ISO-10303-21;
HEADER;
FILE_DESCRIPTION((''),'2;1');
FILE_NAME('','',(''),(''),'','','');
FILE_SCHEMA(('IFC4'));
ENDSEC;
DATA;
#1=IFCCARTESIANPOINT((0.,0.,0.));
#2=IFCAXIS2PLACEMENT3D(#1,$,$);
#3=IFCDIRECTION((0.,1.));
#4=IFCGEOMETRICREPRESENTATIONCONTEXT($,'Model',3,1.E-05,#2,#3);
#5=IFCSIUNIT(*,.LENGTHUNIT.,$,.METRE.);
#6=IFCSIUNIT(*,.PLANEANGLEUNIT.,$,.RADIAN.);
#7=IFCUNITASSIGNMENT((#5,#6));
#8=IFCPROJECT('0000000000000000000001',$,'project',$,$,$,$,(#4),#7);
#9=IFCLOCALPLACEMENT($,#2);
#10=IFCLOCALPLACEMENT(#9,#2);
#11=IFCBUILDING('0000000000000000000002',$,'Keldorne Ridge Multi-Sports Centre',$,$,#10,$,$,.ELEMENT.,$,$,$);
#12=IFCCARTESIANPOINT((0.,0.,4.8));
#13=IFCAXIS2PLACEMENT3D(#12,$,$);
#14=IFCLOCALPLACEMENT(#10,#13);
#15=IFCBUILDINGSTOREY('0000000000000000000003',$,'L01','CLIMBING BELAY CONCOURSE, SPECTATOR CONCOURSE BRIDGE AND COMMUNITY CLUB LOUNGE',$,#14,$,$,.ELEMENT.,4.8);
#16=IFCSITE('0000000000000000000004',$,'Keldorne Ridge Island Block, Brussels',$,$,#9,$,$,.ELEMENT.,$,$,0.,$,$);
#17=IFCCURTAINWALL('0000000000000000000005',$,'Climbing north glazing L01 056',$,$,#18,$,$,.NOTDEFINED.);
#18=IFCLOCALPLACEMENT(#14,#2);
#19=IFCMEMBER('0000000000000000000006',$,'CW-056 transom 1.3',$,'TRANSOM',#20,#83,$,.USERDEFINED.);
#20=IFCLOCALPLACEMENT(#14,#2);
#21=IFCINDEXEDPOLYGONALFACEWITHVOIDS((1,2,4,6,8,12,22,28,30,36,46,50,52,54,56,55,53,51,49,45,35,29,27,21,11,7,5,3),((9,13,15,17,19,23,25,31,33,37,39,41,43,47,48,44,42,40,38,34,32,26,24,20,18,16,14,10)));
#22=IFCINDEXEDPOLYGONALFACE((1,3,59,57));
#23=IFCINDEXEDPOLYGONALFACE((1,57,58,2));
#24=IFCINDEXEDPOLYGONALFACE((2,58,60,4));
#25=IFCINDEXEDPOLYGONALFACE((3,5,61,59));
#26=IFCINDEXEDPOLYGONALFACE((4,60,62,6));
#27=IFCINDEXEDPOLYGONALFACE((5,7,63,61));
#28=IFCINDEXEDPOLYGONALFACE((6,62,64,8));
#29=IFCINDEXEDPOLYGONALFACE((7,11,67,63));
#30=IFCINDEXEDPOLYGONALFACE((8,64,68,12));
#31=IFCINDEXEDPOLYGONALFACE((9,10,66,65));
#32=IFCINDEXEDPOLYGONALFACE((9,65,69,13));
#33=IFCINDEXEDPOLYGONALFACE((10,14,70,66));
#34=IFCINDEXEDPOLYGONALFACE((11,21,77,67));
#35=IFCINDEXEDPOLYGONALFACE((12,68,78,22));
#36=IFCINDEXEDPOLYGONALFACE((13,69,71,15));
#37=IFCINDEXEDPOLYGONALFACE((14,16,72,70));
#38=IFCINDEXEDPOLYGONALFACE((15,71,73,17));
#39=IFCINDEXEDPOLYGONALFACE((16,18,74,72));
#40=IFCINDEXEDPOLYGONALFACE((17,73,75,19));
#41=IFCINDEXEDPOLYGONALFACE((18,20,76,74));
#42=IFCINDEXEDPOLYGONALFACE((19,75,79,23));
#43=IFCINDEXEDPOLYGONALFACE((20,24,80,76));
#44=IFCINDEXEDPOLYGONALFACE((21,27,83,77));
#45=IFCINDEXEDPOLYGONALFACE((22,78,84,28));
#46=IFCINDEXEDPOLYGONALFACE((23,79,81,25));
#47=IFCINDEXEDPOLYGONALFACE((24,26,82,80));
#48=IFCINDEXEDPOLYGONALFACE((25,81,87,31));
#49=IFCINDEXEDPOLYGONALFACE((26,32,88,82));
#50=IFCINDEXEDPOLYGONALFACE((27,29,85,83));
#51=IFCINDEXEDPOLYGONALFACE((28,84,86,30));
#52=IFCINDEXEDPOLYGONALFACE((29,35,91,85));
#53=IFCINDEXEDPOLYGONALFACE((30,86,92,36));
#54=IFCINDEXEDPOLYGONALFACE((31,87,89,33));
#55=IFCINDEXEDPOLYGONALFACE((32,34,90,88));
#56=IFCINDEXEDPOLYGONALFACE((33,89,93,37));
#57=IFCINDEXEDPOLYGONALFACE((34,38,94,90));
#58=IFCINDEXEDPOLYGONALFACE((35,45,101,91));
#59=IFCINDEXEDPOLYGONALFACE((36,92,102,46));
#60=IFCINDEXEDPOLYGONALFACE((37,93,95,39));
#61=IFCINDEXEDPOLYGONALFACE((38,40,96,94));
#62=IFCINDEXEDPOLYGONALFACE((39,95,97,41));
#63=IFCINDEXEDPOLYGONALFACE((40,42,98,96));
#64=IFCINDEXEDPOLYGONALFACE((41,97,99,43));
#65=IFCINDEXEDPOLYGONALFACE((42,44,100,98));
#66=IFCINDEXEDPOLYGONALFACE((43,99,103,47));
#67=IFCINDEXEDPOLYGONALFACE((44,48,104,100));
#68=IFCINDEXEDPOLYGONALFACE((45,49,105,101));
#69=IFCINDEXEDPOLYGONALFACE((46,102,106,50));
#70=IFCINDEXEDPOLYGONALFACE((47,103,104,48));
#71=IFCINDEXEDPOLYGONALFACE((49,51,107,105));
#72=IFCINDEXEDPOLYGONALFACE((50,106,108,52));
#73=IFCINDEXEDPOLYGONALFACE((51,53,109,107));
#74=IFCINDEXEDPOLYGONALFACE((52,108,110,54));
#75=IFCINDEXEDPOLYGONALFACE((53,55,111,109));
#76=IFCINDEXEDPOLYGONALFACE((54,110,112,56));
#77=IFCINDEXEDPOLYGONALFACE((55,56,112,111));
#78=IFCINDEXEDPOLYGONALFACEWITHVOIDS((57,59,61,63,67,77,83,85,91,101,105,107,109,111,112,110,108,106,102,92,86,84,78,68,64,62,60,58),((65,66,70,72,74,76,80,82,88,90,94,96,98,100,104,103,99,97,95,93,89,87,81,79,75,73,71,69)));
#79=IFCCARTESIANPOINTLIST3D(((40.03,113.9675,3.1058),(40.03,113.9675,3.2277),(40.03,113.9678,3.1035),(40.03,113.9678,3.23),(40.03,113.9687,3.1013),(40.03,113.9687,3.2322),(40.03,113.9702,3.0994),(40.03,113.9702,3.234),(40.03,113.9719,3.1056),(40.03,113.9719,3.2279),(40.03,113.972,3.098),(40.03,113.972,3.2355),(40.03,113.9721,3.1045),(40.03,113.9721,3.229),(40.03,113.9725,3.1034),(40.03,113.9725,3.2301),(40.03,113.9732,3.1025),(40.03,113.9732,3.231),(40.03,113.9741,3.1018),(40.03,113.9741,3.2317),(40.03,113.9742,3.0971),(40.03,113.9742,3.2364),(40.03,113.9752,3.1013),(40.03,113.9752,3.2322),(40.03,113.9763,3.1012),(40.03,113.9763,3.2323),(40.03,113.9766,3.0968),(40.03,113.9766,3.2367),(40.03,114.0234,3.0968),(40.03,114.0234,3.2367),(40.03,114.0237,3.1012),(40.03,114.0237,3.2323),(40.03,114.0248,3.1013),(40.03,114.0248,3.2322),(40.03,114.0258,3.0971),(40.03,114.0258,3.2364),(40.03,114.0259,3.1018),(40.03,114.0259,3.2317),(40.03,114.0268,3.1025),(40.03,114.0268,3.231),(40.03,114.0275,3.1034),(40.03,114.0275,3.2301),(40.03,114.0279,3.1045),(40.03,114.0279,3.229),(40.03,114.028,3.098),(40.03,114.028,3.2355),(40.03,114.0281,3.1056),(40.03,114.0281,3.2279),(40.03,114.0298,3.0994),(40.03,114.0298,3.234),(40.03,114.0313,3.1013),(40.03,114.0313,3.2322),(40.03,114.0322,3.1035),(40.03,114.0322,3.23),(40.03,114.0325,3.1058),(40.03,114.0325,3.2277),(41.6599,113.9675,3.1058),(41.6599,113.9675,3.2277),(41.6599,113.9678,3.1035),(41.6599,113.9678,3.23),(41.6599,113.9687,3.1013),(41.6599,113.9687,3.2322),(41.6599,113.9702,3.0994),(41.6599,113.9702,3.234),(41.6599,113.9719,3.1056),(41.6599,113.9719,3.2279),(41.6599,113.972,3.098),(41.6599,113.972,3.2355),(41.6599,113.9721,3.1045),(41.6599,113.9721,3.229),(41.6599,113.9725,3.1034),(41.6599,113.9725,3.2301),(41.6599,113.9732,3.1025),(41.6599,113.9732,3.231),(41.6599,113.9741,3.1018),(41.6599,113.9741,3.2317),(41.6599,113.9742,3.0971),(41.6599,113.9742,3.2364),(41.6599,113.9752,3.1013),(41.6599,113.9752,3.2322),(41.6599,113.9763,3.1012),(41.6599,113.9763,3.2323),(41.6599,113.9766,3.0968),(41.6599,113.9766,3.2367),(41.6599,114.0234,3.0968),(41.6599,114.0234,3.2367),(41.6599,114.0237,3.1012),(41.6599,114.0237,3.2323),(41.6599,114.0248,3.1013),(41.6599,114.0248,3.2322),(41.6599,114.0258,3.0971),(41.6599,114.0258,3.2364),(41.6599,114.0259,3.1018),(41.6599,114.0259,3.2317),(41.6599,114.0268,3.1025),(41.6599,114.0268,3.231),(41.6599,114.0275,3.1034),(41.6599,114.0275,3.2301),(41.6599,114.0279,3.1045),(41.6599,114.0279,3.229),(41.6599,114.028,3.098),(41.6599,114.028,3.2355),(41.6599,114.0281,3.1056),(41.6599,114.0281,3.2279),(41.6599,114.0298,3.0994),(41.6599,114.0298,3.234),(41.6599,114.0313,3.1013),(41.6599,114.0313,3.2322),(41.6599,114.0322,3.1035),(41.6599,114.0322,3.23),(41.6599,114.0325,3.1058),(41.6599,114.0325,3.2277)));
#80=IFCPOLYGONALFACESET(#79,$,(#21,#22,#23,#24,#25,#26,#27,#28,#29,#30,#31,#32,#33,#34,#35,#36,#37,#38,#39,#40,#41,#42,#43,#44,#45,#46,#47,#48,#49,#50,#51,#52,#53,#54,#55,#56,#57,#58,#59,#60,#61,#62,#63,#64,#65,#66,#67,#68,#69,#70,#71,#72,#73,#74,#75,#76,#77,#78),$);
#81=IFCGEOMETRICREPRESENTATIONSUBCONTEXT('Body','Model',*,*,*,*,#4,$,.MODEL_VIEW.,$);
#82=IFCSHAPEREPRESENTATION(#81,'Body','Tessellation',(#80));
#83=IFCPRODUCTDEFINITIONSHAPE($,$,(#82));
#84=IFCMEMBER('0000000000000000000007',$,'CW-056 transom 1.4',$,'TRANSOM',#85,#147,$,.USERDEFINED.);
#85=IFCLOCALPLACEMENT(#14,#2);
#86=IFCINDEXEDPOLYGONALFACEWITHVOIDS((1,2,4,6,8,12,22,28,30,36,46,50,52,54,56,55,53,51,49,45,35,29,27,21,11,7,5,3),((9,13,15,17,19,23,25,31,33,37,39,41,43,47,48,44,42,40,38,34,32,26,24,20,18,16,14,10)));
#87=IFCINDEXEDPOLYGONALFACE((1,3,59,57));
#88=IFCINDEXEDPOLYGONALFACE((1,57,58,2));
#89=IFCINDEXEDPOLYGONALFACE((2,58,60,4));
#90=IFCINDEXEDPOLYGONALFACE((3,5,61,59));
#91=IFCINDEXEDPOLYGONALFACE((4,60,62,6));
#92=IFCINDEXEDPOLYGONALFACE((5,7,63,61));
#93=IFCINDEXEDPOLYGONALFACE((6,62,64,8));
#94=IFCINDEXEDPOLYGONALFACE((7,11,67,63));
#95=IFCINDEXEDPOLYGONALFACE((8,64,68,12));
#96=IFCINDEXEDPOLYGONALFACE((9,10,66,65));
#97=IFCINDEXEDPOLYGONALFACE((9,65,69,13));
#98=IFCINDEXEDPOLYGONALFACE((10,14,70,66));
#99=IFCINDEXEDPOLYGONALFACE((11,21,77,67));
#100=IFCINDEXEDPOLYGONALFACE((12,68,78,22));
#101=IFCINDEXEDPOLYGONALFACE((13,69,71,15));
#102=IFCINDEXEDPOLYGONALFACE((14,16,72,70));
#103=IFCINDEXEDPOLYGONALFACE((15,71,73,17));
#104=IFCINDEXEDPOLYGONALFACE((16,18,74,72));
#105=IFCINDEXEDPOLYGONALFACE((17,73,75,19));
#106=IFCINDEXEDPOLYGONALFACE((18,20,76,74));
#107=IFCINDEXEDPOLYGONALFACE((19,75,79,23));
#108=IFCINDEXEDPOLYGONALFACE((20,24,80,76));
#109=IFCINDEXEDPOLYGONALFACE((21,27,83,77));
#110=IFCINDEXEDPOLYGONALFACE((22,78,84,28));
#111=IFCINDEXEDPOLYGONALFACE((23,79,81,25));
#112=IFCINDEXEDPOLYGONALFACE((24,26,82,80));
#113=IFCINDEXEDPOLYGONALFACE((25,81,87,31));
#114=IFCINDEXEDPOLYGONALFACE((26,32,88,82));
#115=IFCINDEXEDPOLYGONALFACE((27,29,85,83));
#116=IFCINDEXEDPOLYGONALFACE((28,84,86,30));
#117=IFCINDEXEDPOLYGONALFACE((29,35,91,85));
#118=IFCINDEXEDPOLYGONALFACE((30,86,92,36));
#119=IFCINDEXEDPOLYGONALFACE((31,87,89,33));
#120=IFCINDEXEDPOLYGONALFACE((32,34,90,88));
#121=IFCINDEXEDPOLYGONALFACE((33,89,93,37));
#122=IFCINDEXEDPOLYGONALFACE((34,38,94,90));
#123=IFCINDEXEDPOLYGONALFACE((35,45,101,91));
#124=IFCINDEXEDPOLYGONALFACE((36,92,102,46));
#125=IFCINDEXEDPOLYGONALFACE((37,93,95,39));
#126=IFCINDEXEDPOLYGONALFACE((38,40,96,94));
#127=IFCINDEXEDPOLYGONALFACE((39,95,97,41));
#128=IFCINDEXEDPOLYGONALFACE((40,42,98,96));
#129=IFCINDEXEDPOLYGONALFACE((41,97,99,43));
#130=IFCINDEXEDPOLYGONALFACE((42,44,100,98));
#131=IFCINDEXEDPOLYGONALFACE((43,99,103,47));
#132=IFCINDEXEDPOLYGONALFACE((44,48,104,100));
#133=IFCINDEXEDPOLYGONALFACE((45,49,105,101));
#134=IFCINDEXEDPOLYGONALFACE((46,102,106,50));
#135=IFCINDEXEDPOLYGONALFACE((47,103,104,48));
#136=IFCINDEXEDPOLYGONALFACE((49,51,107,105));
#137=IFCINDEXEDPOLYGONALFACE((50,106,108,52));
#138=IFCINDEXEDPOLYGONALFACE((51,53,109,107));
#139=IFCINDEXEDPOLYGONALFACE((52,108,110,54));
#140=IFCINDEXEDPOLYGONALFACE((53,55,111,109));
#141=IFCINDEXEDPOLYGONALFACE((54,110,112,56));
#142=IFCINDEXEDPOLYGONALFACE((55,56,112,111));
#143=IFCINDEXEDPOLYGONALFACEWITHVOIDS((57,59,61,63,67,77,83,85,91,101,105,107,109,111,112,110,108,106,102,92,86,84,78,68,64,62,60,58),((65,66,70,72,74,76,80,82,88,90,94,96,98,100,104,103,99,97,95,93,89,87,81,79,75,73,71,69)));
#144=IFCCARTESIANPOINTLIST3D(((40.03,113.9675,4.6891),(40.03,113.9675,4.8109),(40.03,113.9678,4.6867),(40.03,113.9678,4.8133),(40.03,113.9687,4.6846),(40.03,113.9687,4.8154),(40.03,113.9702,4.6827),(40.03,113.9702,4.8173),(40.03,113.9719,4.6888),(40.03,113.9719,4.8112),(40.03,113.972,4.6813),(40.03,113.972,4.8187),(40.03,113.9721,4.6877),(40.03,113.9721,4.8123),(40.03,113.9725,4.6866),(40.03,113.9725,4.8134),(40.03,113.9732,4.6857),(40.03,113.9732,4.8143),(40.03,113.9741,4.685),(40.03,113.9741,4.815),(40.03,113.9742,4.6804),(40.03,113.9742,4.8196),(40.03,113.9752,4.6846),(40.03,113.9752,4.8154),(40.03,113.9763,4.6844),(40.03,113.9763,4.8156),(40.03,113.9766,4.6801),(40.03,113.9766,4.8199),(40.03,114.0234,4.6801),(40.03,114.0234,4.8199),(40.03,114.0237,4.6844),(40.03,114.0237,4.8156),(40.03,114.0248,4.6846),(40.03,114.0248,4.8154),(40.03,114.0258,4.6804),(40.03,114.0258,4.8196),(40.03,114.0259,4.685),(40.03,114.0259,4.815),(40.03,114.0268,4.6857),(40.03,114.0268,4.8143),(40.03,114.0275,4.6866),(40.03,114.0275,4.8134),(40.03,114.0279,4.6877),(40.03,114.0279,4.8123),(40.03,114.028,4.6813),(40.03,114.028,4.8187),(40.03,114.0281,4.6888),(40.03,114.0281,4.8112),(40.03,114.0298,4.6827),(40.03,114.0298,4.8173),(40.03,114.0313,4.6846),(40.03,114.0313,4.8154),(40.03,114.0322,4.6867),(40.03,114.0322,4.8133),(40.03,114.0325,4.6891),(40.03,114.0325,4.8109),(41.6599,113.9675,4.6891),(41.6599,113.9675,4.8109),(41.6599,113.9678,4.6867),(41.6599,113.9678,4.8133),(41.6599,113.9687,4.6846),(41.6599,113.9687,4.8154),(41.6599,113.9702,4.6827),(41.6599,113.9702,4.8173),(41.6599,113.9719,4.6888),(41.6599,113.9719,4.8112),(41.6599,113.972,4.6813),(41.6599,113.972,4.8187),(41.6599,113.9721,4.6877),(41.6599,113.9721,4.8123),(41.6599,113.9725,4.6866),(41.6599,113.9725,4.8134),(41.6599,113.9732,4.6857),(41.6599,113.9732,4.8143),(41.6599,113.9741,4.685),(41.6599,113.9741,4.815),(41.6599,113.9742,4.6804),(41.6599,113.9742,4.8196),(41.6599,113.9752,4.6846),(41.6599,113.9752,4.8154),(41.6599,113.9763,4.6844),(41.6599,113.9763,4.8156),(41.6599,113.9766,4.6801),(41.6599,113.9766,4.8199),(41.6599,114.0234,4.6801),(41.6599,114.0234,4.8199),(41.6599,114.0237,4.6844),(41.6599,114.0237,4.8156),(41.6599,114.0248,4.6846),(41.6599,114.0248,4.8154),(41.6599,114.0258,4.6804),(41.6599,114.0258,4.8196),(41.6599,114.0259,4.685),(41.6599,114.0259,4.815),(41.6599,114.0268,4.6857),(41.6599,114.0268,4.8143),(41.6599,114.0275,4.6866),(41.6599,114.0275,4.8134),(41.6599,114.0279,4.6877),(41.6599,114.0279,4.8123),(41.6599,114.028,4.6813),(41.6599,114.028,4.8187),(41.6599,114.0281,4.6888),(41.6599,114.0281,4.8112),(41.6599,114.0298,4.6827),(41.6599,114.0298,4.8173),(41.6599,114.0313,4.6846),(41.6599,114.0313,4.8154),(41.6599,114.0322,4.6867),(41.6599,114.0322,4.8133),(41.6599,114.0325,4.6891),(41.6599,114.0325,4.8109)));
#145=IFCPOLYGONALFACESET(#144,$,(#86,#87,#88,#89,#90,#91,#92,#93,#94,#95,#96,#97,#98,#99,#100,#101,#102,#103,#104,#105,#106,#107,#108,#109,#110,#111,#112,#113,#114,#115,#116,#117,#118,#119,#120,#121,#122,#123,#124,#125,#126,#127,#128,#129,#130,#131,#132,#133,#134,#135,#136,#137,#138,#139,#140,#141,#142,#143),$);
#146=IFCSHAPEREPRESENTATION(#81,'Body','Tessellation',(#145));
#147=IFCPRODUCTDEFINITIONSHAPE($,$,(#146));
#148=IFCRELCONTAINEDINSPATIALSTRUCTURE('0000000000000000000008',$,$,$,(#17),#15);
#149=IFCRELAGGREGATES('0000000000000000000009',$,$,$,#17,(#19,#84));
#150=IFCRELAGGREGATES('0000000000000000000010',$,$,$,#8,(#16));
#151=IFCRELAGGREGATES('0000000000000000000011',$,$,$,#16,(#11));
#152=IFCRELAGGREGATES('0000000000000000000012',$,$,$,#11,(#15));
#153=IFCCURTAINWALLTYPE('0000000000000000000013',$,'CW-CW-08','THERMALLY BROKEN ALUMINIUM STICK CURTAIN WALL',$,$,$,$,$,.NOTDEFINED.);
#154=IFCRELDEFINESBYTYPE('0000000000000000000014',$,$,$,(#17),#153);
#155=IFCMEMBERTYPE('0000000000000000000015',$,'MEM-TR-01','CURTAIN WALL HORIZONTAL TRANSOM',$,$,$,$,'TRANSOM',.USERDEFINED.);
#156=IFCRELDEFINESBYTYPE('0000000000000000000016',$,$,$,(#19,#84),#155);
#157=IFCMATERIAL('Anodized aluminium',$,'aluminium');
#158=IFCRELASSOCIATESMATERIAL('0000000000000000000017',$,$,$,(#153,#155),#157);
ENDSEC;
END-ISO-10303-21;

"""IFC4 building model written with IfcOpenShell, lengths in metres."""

from ifc_helpers import new_model, si_unit, direction, frame, origin, origin_2d, place, context, subcontext, project, spatial, hollow_rectangle, extrude, material, material_profile, profile_set, type_object, element, aggregate, save


model = new_model("IFC4")

# Units and contexts
model_context = context("Model", 3, precision=1e-05, world=origin(), true_north=direction((0.0, 1.0)))
body_context = subcontext(model_context, "Body", "Model", "MODEL_VIEW")
ifc_project = project(units=[si_unit("LENGTHUNIT", "METRE"), si_unit("PLANEANGLEUNIT", "RADIAN")], contexts=[model_context])

# Site, building, storey
site_placement = place(None, origin())
site = spatial("IfcSite", under=ifc_project, at=site_placement, Name="Keldorne Ridge Island Block, Brussels", CompositionType="ELEMENT", RefElevation=0.0)
building_placement = place(site_placement, origin())
building = spatial("IfcBuilding", under=site, at=building_placement, Name="Keldorne Ridge Multi-Sports Centre", CompositionType="ELEMENT")
storey_placement = place(building_placement, frame((0.0, 0.0, 4.8)))
storey = spatial("IfcBuildingStorey", under=building, at=storey_placement, Name="L01", Description="CLIMBING BELAY CONCOURSE, SPECTATOR CONCOURSE BRIDGE AND COMMUNITY CLUB LOUNGE", CompositionType="ELEMENT", Elevation=4.8)

# Curtain wall, members
ifc_material_1 = material(Name="Anodized aluminium", Category="aluminium")
curtain_wall_type = type_object("IfcCurtainWallType", Name="CW-CW-08", Description="THERMALLY BROKEN ALUMINIUM STICK CURTAIN WALL", PredefinedType="NOTDEFINED", material=ifc_material_1)
curtain_wall_placement = place(storey_placement, origin())
curtain_wall = element("IfcCurtainWall", 1, at=curtain_wall_placement, inside=storey, type_object=curtain_wall_type, Name="Climbing north glazing L01 056", PredefinedType="NOTDEFINED")
ifc_material_profile_1 = material_profile(ifc_material_1, hollow_rectangle(XDim=0.0649, YDim=0.1399, WallThickness=0.0044, InnerFilletRadius=0.0044, OuterFilletRadius=0.009, at=origin_2d()), Name="ALU TRANSOM 140x65x4.5")
ifc_profile_set_1 = profile_set([ifc_material_profile_1], Name="Anodized aluminium")
member_type_1 = type_object("IfcMemberType", Name="MEM-TR-01", Description="CURTAIN WALL HORIZONTAL TRANSOM", ElementType="TRANSOM", PredefinedType="USERDEFINED", material=ifc_profile_set_1)
member_1_placement = place(storey_placement, frame((41.6599, 114.0, 3.1667), z_axis=(-1.0, 0.0, 0.0), x_axis=(0.0, -1.0, 0.0)))
member_1 = element("IfcMember", 2, at=member_1_placement, type_object=member_type_1, Name="CW-056 transom 1.3", ObjectType="TRANSOM", PredefinedType="USERDEFINED", context=body_context, shape_type="SweptSolid", body=[
    extrude(hollow_rectangle(XDim=0.0649, YDim=0.1399, WallThickness=0.0044, InnerFilletRadius=0.0044, OuterFilletRadius=0.009, at=origin_2d()), origin(), (0.0, 0.0, 1.0), 1.6299),
])
member_2_placement = place(storey_placement, frame((41.6599, 114.0, 4.75), z_axis=(-1.0, 0.0, 0.0), x_axis=(0.0, -1.0, 0.0)))
member_2 = element("IfcMember", 3, at=member_2_placement, type_object=member_type_1, Name="CW-056 transom 1.4", ObjectType="TRANSOM", PredefinedType="USERDEFINED", context=body_context, shape_type="SweptSolid", body=[
    extrude(hollow_rectangle(XDim=0.0649, YDim=0.1399, WallThickness=0.0044, InnerFilletRadius=0.0044, OuterFilletRadius=0.009, at=origin_2d()), origin(), (0.0, 0.0, 1.0), 1.6299),
])
aggregate(curtain_wall, [member_1, member_2])

save(model, "model.ifc")
